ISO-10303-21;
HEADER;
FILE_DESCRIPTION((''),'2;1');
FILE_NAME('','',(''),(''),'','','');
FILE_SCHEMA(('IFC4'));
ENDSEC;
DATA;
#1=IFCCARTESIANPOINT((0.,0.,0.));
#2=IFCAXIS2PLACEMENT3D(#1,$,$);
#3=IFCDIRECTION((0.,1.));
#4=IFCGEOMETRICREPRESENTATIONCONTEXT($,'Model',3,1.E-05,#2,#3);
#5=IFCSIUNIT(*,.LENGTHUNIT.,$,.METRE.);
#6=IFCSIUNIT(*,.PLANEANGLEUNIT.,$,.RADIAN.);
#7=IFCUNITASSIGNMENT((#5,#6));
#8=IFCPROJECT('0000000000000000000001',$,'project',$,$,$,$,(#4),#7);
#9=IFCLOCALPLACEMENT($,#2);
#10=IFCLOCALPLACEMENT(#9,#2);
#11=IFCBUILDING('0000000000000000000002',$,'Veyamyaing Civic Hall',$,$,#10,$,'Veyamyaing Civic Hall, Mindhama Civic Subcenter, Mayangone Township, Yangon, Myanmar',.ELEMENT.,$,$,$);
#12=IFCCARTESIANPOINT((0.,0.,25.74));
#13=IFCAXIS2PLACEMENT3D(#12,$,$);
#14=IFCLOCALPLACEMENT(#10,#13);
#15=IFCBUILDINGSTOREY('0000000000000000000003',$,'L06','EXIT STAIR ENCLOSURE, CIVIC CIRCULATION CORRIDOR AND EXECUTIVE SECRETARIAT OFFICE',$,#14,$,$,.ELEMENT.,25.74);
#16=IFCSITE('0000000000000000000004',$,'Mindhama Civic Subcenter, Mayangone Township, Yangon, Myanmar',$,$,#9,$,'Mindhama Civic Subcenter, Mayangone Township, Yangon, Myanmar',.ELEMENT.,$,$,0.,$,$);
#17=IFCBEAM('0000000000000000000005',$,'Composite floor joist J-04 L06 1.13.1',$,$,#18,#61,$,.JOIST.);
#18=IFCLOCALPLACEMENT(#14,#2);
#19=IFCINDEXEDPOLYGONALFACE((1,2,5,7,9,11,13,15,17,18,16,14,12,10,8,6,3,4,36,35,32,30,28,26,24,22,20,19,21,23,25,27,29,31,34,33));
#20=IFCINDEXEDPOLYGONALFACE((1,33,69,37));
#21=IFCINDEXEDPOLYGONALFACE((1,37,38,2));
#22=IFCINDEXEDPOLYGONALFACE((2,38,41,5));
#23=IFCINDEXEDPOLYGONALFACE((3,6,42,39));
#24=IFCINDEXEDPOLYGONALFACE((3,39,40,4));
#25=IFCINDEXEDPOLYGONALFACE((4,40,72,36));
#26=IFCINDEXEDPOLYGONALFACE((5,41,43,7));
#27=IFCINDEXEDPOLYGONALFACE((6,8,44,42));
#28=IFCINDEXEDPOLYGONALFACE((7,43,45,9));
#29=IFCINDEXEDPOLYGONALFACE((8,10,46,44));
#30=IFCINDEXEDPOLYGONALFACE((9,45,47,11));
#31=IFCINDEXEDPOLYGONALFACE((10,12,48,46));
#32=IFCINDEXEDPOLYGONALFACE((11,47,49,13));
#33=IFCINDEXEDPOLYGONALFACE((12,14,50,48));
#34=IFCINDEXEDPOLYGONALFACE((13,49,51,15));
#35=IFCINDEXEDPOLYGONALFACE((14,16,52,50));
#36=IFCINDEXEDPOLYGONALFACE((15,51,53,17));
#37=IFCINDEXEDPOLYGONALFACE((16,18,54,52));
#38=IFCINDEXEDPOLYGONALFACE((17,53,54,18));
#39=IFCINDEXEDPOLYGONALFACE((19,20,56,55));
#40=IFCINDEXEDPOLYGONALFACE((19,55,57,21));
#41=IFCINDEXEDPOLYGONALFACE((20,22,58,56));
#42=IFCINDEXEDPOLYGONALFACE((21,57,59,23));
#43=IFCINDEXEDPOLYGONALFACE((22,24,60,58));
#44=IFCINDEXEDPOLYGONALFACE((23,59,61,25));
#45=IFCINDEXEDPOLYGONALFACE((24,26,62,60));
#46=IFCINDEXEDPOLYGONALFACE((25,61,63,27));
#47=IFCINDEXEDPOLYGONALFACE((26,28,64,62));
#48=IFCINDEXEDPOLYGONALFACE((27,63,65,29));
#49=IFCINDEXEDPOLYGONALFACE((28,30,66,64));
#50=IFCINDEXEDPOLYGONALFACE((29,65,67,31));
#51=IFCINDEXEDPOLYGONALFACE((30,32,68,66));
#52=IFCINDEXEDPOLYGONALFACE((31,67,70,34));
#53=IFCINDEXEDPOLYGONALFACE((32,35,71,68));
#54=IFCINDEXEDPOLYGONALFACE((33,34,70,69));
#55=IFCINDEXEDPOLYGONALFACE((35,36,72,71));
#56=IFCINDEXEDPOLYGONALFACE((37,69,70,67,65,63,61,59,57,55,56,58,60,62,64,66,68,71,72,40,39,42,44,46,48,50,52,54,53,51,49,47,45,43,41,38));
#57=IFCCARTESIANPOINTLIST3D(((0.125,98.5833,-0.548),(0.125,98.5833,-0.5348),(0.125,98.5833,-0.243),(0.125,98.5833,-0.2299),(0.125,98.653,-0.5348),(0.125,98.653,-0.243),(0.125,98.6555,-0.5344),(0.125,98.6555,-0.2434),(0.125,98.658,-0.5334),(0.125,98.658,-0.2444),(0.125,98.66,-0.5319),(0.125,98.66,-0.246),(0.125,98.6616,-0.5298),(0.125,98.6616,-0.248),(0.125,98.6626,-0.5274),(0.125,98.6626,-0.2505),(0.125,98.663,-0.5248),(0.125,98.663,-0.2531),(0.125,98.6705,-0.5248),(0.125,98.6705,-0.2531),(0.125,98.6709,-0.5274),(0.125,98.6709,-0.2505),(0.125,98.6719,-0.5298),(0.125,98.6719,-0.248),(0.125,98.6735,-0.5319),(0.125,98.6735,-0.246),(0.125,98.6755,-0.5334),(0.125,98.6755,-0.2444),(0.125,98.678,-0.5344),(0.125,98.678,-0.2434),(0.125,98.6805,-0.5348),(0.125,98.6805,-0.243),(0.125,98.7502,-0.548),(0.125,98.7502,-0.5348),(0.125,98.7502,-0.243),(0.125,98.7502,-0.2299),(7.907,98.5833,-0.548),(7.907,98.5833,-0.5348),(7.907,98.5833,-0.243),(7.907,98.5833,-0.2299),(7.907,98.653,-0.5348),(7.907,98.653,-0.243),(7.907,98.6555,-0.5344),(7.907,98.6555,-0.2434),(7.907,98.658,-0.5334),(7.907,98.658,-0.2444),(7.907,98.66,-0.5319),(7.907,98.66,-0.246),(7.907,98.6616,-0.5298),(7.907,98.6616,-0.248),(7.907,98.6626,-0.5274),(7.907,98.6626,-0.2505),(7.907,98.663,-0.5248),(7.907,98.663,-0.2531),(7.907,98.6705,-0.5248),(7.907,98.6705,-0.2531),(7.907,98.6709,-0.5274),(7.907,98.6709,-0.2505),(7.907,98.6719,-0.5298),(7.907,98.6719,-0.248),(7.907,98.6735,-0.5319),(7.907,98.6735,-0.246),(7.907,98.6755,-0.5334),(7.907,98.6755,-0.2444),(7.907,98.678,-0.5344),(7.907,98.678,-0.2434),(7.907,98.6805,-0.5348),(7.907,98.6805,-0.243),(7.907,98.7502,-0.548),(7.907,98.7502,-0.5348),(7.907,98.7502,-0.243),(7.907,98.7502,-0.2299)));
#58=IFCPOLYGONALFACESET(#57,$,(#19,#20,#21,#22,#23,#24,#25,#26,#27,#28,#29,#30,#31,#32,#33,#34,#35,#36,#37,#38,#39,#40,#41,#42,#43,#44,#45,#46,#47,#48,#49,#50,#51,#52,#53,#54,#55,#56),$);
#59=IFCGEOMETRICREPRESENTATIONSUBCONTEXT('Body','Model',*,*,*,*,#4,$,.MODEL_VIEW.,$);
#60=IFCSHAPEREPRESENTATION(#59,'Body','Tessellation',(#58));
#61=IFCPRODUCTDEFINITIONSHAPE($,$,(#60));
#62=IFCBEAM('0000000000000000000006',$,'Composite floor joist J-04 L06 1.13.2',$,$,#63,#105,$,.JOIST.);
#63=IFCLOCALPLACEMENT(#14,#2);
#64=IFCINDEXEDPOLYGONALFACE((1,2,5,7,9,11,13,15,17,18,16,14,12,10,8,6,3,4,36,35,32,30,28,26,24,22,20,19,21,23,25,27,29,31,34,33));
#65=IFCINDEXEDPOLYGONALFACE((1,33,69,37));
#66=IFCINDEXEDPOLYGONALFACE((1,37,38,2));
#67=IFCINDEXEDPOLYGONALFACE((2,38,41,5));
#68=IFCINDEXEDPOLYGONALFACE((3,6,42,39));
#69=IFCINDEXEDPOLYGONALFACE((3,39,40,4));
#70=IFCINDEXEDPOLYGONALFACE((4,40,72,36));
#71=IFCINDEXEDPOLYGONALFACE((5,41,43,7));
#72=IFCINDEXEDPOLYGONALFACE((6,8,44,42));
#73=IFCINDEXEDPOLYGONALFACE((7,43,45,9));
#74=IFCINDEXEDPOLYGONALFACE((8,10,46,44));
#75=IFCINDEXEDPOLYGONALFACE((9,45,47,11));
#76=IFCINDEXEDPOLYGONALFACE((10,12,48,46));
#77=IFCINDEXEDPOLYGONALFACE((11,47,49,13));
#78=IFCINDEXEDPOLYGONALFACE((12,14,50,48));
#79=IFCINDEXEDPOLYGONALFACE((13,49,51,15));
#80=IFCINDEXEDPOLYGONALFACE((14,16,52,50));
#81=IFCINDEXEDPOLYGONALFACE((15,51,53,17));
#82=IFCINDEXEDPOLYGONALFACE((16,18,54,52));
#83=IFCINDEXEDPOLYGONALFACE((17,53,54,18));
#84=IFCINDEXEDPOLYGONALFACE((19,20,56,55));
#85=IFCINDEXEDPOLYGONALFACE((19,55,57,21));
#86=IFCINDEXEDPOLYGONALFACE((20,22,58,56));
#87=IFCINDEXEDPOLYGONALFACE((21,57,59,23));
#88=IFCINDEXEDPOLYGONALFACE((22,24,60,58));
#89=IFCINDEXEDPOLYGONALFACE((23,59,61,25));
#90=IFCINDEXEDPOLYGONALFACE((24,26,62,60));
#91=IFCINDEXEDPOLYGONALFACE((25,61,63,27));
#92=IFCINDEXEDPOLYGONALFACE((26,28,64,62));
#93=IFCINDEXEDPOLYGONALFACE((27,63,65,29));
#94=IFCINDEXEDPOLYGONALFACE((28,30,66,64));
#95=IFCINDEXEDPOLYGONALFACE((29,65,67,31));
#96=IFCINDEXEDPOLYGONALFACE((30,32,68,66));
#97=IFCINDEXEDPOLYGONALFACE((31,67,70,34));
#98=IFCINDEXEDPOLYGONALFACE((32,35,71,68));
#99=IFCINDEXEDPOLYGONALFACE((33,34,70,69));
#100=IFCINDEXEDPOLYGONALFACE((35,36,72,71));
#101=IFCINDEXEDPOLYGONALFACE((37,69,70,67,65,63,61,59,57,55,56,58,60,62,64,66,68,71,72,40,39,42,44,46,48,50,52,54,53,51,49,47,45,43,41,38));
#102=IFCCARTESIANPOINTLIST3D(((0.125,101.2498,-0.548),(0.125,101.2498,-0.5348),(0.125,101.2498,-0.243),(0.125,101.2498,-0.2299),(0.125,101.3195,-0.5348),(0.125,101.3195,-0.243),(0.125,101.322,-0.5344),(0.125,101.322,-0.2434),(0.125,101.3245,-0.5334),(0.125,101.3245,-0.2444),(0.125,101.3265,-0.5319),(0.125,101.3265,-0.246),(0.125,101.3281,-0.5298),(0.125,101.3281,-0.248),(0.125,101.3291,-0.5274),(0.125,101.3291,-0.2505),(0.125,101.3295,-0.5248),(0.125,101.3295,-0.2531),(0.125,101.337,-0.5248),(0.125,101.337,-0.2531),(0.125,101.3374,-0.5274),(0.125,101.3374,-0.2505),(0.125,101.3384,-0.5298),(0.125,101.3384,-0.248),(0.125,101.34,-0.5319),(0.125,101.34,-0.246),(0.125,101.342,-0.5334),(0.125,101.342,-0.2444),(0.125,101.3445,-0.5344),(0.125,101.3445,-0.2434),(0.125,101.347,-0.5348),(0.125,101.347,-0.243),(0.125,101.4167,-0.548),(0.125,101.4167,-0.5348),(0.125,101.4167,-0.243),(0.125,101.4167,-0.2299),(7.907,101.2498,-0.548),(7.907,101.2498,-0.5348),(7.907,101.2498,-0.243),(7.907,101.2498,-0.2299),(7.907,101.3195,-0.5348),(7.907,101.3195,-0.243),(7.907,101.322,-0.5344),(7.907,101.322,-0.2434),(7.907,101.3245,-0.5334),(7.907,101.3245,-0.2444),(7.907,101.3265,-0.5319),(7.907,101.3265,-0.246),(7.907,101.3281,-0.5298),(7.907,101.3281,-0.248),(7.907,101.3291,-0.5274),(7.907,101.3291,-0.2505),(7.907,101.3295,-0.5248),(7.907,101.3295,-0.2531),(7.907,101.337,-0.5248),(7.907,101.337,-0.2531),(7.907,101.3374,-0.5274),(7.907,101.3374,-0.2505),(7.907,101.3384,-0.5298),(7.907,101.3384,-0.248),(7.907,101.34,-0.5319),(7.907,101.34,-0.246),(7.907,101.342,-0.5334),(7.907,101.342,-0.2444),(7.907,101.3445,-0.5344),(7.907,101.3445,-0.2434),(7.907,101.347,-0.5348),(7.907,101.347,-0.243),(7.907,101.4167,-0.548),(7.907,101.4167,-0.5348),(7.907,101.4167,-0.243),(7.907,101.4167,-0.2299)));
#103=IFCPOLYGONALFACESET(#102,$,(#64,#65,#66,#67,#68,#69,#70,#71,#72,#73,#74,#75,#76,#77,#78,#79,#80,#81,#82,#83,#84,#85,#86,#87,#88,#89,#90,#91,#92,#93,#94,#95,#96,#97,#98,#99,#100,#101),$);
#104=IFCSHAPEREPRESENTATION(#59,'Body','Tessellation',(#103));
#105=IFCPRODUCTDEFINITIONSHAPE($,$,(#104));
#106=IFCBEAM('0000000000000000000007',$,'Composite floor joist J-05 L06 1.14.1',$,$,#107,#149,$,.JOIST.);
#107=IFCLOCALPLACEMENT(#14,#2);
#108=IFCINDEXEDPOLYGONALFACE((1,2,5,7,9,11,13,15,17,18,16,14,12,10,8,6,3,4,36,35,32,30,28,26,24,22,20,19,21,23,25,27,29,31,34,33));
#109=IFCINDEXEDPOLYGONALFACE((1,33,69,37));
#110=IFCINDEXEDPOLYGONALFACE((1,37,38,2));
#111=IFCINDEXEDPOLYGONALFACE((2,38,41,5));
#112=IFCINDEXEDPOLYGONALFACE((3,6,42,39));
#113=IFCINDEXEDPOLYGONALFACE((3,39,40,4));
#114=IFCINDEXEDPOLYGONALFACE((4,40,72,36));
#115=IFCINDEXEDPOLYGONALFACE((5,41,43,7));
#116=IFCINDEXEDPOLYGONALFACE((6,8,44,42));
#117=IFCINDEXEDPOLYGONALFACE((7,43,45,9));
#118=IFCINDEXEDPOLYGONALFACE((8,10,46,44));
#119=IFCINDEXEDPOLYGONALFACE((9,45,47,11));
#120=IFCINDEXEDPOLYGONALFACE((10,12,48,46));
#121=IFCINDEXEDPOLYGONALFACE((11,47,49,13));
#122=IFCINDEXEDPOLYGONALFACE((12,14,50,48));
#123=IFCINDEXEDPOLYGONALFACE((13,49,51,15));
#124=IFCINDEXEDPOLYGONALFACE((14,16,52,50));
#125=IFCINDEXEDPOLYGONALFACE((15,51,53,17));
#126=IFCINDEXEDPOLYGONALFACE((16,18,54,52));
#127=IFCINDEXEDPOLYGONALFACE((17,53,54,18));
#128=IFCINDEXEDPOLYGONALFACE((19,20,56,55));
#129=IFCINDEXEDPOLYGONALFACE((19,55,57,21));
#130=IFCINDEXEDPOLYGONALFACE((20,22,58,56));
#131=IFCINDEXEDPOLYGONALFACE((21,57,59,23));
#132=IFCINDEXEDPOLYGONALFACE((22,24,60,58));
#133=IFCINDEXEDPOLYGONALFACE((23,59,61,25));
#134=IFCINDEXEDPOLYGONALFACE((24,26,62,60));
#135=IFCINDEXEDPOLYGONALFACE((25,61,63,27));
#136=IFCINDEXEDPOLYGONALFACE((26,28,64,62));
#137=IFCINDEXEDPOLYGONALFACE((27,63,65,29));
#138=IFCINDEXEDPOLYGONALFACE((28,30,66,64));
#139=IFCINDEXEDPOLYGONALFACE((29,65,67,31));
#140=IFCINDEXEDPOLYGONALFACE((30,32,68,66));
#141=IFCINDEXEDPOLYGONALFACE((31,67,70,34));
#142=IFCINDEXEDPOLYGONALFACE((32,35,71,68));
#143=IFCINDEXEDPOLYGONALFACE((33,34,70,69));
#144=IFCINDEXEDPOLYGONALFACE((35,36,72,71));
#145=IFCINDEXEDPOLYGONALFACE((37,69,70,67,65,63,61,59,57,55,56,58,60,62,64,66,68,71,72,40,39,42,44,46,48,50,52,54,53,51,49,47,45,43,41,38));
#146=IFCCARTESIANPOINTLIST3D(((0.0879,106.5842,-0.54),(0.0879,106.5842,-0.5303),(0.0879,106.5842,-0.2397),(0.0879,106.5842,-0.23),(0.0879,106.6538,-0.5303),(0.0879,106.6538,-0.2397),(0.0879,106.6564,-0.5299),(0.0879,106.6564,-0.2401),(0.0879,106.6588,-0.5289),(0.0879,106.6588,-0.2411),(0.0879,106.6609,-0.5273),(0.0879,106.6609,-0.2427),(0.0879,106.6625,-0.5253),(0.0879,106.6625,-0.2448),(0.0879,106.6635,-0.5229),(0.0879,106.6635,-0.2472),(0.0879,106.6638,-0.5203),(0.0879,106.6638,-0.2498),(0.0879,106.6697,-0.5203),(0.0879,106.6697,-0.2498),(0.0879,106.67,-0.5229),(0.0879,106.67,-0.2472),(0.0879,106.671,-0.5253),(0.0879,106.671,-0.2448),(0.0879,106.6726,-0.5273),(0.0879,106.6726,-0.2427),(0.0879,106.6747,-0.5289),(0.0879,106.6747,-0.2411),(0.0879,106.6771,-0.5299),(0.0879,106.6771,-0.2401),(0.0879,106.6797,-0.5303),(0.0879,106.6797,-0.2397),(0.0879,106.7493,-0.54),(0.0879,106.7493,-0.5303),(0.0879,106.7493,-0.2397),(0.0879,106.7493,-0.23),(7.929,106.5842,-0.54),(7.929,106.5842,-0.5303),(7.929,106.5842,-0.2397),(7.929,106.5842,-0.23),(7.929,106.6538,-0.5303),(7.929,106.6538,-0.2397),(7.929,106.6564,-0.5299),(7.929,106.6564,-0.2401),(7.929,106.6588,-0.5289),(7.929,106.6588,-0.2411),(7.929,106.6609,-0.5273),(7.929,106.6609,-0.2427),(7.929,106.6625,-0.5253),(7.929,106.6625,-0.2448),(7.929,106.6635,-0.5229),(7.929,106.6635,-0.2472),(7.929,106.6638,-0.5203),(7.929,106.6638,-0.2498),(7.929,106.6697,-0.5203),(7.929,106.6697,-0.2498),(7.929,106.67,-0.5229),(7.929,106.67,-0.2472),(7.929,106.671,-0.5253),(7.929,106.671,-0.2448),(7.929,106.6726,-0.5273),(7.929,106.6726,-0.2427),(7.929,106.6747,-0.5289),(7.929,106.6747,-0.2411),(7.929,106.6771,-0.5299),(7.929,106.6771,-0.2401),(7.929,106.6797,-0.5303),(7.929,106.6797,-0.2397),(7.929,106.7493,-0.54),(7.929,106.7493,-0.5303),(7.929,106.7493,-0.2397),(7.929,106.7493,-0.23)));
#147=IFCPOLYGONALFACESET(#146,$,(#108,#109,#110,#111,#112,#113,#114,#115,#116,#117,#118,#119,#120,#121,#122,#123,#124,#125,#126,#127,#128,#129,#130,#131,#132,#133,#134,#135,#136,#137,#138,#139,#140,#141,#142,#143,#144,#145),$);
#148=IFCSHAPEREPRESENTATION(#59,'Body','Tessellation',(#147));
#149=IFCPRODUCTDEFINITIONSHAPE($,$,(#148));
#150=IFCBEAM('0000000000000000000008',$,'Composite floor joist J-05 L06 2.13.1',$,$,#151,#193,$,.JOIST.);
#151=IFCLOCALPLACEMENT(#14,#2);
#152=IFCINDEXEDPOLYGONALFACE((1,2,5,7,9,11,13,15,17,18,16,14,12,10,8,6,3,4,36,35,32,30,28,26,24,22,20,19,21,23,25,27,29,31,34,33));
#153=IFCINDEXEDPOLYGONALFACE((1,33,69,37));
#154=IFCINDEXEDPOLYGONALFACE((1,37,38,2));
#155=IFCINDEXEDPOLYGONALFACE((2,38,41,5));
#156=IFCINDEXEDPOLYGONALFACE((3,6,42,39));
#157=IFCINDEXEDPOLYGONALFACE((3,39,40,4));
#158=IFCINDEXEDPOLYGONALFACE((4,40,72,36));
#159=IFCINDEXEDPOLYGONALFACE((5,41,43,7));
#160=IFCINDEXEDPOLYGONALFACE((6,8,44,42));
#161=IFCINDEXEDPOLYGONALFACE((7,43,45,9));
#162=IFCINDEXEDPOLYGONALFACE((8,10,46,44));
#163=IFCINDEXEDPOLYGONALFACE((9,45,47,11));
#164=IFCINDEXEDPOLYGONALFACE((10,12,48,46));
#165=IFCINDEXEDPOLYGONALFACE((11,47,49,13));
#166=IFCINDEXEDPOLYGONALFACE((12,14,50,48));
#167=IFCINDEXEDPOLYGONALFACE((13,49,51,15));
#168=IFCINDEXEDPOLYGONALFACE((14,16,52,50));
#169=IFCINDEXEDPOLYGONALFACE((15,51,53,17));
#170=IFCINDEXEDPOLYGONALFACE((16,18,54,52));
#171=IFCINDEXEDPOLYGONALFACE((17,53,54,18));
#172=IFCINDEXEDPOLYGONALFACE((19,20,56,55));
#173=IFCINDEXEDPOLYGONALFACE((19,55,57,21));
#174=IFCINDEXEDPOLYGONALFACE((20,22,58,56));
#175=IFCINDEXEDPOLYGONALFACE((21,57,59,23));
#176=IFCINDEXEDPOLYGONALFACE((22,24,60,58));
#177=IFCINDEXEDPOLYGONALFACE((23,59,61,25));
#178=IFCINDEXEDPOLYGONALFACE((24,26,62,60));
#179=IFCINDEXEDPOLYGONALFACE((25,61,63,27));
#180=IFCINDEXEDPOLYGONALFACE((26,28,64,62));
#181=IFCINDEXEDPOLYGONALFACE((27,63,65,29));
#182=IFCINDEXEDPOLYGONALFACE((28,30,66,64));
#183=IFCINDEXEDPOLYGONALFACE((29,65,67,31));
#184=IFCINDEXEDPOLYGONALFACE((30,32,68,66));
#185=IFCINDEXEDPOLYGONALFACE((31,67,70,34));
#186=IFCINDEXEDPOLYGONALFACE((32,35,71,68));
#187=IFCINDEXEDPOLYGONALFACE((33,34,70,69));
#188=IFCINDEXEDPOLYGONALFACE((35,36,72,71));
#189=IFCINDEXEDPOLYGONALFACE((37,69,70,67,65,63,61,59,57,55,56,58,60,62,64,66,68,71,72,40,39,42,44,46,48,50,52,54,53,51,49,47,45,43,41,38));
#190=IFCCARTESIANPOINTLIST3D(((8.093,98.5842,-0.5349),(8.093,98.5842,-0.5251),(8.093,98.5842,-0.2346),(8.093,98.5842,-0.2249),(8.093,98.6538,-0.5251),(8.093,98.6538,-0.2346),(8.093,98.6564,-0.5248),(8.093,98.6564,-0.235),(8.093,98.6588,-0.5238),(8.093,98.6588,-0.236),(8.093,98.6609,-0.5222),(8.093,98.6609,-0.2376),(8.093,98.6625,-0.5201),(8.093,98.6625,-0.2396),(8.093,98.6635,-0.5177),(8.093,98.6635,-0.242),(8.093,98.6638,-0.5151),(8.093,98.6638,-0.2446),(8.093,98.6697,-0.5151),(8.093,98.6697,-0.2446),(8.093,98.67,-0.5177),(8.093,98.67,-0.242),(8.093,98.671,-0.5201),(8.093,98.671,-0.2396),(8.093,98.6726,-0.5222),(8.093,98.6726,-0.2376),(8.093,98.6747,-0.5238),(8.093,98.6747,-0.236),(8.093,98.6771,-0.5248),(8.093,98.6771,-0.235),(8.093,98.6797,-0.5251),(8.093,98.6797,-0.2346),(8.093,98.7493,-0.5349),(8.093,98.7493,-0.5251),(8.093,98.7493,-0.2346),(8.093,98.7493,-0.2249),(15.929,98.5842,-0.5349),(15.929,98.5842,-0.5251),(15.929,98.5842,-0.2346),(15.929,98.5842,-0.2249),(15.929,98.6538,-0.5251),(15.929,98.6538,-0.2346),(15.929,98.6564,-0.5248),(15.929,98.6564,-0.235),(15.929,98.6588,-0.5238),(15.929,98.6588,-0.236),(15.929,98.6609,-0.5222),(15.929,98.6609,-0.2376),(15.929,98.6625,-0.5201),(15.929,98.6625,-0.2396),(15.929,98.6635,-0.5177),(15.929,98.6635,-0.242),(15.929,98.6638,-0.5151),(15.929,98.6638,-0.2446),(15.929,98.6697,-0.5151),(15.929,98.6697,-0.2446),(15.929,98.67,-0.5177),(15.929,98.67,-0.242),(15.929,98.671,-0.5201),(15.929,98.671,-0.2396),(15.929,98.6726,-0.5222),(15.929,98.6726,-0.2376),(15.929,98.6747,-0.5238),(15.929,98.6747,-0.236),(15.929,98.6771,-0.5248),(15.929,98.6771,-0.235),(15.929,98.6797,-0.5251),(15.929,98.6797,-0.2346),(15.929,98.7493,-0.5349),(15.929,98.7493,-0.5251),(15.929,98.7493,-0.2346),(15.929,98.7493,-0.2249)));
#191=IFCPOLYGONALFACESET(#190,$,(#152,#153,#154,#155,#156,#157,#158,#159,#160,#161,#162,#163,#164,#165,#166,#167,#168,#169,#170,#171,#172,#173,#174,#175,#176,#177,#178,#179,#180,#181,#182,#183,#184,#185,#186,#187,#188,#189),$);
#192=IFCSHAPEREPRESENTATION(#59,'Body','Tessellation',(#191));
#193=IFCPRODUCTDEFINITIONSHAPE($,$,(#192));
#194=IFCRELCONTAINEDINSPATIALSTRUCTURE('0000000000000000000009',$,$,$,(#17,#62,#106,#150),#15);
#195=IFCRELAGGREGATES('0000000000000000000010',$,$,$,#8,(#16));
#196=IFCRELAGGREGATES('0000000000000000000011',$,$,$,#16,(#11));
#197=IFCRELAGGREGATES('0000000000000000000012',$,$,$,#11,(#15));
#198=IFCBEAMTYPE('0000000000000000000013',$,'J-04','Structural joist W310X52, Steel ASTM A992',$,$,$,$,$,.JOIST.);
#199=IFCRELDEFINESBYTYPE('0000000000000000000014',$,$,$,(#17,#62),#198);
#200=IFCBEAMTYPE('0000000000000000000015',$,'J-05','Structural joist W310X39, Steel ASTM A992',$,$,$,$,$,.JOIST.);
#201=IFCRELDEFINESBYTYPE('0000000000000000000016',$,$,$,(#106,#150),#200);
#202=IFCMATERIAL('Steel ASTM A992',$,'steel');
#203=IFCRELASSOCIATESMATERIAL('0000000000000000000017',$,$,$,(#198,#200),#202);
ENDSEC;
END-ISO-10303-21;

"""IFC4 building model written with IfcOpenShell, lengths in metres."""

from ifc_helpers import new_model, si_unit, direction, frame, origin, origin_2d, place, context, subcontext, project, spatial, i_section, extrude, material, material_profile, profile_set, type_object, element, save


model = new_model("IFC4")

# Units and contexts
model_context = context("Model", 3, precision=1e-05, world=origin(), true_north=direction((0.0, 1.0)))
body_context = subcontext(model_context, "Body", "Model", "MODEL_VIEW")
ifc_project = project(units=[si_unit("LENGTHUNIT", "METRE"), si_unit("PLANEANGLEUNIT", "RADIAN")], contexts=[model_context])

# Site, building, storey
site_placement = place(None, origin())
site = spatial("IfcSite", under=ifc_project, at=site_placement, Name="Mindhama Civic Subcenter, Mayangone Township, Yangon, Myanmar", LongName="Mindhama Civic Subcenter, Mayangone Township, Yangon, Myanmar", CompositionType="ELEMENT", RefElevation=0.0)
building_placement = place(site_placement, origin())
building = spatial("IfcBuilding", under=site, at=building_placement, Name="Veyamyaing Civic Hall", LongName="Veyamyaing Civic Hall, Mindhama Civic Subcenter, Mayangone Township, Yangon, Myanmar", CompositionType="ELEMENT")
storey_placement = place(building_placement, frame((0.0, 0.0, 25.74)))
storey = spatial("IfcBuildingStorey", under=building, at=storey_placement, Name="L06", Description="EXIT STAIR ENCLOSURE, CIVIC CIRCULATION CORRIDOR AND EXECUTIVE SECRETARIAT OFFICE", CompositionType="ELEMENT", Elevation=25.74)

# Shared definitions
ifc_material_1 = material(Name="Steel ASTM A992", Category="steel")

# Beams
ifc_material_profile_1 = material_profile(ifc_material_1, i_section(OverallWidth=0.167, OverallDepth=0.3181, WebThickness=0.0076, FlangeThickness=0.0132, FilletRadius=0.01, at=origin_2d()), Name="W310X52")
ifc_profile_set_1 = profile_set([ifc_material_profile_1], Name="Steel ASTM A992")
beam_type_1 = type_object("IfcBeamType", Name="J-04", Description="Structural joist W310X52, Steel ASTM A992", PredefinedType="JOIST", material=ifc_profile_set_1)
for number, where, z_axis, x_axis, name in (
    (1, (0.125, 98.6667, -0.3889), (1.0, 0.0, 0.0), (0.0, 1.0, 0.0), "Composite floor joist J-04 L06 1.13.1"),
    (2, (0.125, 101.3333, -0.3889), (1.0, 0.0, 0.0), (0.0, 1.0, 0.0), "Composite floor joist J-04 L06 1.13.2"),
):
    element("IfcBeam", number, at=place(storey_placement, frame(where, z_axis=z_axis, x_axis=x_axis)), inside=storey, type_object=beam_type_1, Name=name, PredefinedType="JOIST", context=body_context, shape_type="SweptSolid", body=[
        extrude(i_section(OverallWidth=0.167, OverallDepth=0.3181, WebThickness=0.0076, FlangeThickness=0.0132, FilletRadius=0.01, at=origin_2d()), origin(), (0.0, 0.0, 1.0), 7.782),
    ])
ifc_material_profile_2 = material_profile(ifc_material_1, i_section(OverallWidth=0.165, OverallDepth=0.3101, WebThickness=0.0059, FlangeThickness=0.0098, FilletRadius=0.01, at=origin_2d()), Name="W310X39")
ifc_profile_set_2 = profile_set([ifc_material_profile_2], Name="Steel ASTM A992")
beam_type_2 = type_object("IfcBeamType", Name="J-05", Description="Structural joist W310X39, Steel ASTM A992", PredefinedType="JOIST", material=ifc_profile_set_2)
beam_1_placement = place(storey_placement, frame((0.0879, 106.6667, -0.385), z_axis=(1.0, 0.0, 0.0), x_axis=(0.0, 1.0, 0.0)))
element("IfcBeam", 3, at=beam_1_placement, inside=storey, type_object=beam_type_2, Name="Composite floor joist J-05 L06 1.14.1", PredefinedType="JOIST", context=body_context, shape_type="SweptSolid", body=[
    extrude(i_section(OverallWidth=0.165, OverallDepth=0.3101, WebThickness=0.0059, FlangeThickness=0.0098, FilletRadius=0.01, at=origin_2d()), origin(), (0.0, 0.0, 1.0), 7.8411),
])
beam_2_placement = place(storey_placement, frame((8.093, 98.6667, -0.3799), z_axis=(1.0, 0.0, 0.0), x_axis=(0.0, 1.0, 0.0)))
element("IfcBeam", 4, at=beam_2_placement, inside=storey, type_object=beam_type_2, Name="Composite floor joist J-05 L06 2.13.1", PredefinedType="JOIST", context=body_context, shape_type="SweptSolid", body=[
    extrude(i_section(OverallWidth=0.165, OverallDepth=0.3101, WebThickness=0.0059, FlangeThickness=0.0098, FilletRadius=0.01, at=origin_2d()), origin(), (0.0, 0.0, 1.0), 7.8359),
])

save(model, "model.ifc")
